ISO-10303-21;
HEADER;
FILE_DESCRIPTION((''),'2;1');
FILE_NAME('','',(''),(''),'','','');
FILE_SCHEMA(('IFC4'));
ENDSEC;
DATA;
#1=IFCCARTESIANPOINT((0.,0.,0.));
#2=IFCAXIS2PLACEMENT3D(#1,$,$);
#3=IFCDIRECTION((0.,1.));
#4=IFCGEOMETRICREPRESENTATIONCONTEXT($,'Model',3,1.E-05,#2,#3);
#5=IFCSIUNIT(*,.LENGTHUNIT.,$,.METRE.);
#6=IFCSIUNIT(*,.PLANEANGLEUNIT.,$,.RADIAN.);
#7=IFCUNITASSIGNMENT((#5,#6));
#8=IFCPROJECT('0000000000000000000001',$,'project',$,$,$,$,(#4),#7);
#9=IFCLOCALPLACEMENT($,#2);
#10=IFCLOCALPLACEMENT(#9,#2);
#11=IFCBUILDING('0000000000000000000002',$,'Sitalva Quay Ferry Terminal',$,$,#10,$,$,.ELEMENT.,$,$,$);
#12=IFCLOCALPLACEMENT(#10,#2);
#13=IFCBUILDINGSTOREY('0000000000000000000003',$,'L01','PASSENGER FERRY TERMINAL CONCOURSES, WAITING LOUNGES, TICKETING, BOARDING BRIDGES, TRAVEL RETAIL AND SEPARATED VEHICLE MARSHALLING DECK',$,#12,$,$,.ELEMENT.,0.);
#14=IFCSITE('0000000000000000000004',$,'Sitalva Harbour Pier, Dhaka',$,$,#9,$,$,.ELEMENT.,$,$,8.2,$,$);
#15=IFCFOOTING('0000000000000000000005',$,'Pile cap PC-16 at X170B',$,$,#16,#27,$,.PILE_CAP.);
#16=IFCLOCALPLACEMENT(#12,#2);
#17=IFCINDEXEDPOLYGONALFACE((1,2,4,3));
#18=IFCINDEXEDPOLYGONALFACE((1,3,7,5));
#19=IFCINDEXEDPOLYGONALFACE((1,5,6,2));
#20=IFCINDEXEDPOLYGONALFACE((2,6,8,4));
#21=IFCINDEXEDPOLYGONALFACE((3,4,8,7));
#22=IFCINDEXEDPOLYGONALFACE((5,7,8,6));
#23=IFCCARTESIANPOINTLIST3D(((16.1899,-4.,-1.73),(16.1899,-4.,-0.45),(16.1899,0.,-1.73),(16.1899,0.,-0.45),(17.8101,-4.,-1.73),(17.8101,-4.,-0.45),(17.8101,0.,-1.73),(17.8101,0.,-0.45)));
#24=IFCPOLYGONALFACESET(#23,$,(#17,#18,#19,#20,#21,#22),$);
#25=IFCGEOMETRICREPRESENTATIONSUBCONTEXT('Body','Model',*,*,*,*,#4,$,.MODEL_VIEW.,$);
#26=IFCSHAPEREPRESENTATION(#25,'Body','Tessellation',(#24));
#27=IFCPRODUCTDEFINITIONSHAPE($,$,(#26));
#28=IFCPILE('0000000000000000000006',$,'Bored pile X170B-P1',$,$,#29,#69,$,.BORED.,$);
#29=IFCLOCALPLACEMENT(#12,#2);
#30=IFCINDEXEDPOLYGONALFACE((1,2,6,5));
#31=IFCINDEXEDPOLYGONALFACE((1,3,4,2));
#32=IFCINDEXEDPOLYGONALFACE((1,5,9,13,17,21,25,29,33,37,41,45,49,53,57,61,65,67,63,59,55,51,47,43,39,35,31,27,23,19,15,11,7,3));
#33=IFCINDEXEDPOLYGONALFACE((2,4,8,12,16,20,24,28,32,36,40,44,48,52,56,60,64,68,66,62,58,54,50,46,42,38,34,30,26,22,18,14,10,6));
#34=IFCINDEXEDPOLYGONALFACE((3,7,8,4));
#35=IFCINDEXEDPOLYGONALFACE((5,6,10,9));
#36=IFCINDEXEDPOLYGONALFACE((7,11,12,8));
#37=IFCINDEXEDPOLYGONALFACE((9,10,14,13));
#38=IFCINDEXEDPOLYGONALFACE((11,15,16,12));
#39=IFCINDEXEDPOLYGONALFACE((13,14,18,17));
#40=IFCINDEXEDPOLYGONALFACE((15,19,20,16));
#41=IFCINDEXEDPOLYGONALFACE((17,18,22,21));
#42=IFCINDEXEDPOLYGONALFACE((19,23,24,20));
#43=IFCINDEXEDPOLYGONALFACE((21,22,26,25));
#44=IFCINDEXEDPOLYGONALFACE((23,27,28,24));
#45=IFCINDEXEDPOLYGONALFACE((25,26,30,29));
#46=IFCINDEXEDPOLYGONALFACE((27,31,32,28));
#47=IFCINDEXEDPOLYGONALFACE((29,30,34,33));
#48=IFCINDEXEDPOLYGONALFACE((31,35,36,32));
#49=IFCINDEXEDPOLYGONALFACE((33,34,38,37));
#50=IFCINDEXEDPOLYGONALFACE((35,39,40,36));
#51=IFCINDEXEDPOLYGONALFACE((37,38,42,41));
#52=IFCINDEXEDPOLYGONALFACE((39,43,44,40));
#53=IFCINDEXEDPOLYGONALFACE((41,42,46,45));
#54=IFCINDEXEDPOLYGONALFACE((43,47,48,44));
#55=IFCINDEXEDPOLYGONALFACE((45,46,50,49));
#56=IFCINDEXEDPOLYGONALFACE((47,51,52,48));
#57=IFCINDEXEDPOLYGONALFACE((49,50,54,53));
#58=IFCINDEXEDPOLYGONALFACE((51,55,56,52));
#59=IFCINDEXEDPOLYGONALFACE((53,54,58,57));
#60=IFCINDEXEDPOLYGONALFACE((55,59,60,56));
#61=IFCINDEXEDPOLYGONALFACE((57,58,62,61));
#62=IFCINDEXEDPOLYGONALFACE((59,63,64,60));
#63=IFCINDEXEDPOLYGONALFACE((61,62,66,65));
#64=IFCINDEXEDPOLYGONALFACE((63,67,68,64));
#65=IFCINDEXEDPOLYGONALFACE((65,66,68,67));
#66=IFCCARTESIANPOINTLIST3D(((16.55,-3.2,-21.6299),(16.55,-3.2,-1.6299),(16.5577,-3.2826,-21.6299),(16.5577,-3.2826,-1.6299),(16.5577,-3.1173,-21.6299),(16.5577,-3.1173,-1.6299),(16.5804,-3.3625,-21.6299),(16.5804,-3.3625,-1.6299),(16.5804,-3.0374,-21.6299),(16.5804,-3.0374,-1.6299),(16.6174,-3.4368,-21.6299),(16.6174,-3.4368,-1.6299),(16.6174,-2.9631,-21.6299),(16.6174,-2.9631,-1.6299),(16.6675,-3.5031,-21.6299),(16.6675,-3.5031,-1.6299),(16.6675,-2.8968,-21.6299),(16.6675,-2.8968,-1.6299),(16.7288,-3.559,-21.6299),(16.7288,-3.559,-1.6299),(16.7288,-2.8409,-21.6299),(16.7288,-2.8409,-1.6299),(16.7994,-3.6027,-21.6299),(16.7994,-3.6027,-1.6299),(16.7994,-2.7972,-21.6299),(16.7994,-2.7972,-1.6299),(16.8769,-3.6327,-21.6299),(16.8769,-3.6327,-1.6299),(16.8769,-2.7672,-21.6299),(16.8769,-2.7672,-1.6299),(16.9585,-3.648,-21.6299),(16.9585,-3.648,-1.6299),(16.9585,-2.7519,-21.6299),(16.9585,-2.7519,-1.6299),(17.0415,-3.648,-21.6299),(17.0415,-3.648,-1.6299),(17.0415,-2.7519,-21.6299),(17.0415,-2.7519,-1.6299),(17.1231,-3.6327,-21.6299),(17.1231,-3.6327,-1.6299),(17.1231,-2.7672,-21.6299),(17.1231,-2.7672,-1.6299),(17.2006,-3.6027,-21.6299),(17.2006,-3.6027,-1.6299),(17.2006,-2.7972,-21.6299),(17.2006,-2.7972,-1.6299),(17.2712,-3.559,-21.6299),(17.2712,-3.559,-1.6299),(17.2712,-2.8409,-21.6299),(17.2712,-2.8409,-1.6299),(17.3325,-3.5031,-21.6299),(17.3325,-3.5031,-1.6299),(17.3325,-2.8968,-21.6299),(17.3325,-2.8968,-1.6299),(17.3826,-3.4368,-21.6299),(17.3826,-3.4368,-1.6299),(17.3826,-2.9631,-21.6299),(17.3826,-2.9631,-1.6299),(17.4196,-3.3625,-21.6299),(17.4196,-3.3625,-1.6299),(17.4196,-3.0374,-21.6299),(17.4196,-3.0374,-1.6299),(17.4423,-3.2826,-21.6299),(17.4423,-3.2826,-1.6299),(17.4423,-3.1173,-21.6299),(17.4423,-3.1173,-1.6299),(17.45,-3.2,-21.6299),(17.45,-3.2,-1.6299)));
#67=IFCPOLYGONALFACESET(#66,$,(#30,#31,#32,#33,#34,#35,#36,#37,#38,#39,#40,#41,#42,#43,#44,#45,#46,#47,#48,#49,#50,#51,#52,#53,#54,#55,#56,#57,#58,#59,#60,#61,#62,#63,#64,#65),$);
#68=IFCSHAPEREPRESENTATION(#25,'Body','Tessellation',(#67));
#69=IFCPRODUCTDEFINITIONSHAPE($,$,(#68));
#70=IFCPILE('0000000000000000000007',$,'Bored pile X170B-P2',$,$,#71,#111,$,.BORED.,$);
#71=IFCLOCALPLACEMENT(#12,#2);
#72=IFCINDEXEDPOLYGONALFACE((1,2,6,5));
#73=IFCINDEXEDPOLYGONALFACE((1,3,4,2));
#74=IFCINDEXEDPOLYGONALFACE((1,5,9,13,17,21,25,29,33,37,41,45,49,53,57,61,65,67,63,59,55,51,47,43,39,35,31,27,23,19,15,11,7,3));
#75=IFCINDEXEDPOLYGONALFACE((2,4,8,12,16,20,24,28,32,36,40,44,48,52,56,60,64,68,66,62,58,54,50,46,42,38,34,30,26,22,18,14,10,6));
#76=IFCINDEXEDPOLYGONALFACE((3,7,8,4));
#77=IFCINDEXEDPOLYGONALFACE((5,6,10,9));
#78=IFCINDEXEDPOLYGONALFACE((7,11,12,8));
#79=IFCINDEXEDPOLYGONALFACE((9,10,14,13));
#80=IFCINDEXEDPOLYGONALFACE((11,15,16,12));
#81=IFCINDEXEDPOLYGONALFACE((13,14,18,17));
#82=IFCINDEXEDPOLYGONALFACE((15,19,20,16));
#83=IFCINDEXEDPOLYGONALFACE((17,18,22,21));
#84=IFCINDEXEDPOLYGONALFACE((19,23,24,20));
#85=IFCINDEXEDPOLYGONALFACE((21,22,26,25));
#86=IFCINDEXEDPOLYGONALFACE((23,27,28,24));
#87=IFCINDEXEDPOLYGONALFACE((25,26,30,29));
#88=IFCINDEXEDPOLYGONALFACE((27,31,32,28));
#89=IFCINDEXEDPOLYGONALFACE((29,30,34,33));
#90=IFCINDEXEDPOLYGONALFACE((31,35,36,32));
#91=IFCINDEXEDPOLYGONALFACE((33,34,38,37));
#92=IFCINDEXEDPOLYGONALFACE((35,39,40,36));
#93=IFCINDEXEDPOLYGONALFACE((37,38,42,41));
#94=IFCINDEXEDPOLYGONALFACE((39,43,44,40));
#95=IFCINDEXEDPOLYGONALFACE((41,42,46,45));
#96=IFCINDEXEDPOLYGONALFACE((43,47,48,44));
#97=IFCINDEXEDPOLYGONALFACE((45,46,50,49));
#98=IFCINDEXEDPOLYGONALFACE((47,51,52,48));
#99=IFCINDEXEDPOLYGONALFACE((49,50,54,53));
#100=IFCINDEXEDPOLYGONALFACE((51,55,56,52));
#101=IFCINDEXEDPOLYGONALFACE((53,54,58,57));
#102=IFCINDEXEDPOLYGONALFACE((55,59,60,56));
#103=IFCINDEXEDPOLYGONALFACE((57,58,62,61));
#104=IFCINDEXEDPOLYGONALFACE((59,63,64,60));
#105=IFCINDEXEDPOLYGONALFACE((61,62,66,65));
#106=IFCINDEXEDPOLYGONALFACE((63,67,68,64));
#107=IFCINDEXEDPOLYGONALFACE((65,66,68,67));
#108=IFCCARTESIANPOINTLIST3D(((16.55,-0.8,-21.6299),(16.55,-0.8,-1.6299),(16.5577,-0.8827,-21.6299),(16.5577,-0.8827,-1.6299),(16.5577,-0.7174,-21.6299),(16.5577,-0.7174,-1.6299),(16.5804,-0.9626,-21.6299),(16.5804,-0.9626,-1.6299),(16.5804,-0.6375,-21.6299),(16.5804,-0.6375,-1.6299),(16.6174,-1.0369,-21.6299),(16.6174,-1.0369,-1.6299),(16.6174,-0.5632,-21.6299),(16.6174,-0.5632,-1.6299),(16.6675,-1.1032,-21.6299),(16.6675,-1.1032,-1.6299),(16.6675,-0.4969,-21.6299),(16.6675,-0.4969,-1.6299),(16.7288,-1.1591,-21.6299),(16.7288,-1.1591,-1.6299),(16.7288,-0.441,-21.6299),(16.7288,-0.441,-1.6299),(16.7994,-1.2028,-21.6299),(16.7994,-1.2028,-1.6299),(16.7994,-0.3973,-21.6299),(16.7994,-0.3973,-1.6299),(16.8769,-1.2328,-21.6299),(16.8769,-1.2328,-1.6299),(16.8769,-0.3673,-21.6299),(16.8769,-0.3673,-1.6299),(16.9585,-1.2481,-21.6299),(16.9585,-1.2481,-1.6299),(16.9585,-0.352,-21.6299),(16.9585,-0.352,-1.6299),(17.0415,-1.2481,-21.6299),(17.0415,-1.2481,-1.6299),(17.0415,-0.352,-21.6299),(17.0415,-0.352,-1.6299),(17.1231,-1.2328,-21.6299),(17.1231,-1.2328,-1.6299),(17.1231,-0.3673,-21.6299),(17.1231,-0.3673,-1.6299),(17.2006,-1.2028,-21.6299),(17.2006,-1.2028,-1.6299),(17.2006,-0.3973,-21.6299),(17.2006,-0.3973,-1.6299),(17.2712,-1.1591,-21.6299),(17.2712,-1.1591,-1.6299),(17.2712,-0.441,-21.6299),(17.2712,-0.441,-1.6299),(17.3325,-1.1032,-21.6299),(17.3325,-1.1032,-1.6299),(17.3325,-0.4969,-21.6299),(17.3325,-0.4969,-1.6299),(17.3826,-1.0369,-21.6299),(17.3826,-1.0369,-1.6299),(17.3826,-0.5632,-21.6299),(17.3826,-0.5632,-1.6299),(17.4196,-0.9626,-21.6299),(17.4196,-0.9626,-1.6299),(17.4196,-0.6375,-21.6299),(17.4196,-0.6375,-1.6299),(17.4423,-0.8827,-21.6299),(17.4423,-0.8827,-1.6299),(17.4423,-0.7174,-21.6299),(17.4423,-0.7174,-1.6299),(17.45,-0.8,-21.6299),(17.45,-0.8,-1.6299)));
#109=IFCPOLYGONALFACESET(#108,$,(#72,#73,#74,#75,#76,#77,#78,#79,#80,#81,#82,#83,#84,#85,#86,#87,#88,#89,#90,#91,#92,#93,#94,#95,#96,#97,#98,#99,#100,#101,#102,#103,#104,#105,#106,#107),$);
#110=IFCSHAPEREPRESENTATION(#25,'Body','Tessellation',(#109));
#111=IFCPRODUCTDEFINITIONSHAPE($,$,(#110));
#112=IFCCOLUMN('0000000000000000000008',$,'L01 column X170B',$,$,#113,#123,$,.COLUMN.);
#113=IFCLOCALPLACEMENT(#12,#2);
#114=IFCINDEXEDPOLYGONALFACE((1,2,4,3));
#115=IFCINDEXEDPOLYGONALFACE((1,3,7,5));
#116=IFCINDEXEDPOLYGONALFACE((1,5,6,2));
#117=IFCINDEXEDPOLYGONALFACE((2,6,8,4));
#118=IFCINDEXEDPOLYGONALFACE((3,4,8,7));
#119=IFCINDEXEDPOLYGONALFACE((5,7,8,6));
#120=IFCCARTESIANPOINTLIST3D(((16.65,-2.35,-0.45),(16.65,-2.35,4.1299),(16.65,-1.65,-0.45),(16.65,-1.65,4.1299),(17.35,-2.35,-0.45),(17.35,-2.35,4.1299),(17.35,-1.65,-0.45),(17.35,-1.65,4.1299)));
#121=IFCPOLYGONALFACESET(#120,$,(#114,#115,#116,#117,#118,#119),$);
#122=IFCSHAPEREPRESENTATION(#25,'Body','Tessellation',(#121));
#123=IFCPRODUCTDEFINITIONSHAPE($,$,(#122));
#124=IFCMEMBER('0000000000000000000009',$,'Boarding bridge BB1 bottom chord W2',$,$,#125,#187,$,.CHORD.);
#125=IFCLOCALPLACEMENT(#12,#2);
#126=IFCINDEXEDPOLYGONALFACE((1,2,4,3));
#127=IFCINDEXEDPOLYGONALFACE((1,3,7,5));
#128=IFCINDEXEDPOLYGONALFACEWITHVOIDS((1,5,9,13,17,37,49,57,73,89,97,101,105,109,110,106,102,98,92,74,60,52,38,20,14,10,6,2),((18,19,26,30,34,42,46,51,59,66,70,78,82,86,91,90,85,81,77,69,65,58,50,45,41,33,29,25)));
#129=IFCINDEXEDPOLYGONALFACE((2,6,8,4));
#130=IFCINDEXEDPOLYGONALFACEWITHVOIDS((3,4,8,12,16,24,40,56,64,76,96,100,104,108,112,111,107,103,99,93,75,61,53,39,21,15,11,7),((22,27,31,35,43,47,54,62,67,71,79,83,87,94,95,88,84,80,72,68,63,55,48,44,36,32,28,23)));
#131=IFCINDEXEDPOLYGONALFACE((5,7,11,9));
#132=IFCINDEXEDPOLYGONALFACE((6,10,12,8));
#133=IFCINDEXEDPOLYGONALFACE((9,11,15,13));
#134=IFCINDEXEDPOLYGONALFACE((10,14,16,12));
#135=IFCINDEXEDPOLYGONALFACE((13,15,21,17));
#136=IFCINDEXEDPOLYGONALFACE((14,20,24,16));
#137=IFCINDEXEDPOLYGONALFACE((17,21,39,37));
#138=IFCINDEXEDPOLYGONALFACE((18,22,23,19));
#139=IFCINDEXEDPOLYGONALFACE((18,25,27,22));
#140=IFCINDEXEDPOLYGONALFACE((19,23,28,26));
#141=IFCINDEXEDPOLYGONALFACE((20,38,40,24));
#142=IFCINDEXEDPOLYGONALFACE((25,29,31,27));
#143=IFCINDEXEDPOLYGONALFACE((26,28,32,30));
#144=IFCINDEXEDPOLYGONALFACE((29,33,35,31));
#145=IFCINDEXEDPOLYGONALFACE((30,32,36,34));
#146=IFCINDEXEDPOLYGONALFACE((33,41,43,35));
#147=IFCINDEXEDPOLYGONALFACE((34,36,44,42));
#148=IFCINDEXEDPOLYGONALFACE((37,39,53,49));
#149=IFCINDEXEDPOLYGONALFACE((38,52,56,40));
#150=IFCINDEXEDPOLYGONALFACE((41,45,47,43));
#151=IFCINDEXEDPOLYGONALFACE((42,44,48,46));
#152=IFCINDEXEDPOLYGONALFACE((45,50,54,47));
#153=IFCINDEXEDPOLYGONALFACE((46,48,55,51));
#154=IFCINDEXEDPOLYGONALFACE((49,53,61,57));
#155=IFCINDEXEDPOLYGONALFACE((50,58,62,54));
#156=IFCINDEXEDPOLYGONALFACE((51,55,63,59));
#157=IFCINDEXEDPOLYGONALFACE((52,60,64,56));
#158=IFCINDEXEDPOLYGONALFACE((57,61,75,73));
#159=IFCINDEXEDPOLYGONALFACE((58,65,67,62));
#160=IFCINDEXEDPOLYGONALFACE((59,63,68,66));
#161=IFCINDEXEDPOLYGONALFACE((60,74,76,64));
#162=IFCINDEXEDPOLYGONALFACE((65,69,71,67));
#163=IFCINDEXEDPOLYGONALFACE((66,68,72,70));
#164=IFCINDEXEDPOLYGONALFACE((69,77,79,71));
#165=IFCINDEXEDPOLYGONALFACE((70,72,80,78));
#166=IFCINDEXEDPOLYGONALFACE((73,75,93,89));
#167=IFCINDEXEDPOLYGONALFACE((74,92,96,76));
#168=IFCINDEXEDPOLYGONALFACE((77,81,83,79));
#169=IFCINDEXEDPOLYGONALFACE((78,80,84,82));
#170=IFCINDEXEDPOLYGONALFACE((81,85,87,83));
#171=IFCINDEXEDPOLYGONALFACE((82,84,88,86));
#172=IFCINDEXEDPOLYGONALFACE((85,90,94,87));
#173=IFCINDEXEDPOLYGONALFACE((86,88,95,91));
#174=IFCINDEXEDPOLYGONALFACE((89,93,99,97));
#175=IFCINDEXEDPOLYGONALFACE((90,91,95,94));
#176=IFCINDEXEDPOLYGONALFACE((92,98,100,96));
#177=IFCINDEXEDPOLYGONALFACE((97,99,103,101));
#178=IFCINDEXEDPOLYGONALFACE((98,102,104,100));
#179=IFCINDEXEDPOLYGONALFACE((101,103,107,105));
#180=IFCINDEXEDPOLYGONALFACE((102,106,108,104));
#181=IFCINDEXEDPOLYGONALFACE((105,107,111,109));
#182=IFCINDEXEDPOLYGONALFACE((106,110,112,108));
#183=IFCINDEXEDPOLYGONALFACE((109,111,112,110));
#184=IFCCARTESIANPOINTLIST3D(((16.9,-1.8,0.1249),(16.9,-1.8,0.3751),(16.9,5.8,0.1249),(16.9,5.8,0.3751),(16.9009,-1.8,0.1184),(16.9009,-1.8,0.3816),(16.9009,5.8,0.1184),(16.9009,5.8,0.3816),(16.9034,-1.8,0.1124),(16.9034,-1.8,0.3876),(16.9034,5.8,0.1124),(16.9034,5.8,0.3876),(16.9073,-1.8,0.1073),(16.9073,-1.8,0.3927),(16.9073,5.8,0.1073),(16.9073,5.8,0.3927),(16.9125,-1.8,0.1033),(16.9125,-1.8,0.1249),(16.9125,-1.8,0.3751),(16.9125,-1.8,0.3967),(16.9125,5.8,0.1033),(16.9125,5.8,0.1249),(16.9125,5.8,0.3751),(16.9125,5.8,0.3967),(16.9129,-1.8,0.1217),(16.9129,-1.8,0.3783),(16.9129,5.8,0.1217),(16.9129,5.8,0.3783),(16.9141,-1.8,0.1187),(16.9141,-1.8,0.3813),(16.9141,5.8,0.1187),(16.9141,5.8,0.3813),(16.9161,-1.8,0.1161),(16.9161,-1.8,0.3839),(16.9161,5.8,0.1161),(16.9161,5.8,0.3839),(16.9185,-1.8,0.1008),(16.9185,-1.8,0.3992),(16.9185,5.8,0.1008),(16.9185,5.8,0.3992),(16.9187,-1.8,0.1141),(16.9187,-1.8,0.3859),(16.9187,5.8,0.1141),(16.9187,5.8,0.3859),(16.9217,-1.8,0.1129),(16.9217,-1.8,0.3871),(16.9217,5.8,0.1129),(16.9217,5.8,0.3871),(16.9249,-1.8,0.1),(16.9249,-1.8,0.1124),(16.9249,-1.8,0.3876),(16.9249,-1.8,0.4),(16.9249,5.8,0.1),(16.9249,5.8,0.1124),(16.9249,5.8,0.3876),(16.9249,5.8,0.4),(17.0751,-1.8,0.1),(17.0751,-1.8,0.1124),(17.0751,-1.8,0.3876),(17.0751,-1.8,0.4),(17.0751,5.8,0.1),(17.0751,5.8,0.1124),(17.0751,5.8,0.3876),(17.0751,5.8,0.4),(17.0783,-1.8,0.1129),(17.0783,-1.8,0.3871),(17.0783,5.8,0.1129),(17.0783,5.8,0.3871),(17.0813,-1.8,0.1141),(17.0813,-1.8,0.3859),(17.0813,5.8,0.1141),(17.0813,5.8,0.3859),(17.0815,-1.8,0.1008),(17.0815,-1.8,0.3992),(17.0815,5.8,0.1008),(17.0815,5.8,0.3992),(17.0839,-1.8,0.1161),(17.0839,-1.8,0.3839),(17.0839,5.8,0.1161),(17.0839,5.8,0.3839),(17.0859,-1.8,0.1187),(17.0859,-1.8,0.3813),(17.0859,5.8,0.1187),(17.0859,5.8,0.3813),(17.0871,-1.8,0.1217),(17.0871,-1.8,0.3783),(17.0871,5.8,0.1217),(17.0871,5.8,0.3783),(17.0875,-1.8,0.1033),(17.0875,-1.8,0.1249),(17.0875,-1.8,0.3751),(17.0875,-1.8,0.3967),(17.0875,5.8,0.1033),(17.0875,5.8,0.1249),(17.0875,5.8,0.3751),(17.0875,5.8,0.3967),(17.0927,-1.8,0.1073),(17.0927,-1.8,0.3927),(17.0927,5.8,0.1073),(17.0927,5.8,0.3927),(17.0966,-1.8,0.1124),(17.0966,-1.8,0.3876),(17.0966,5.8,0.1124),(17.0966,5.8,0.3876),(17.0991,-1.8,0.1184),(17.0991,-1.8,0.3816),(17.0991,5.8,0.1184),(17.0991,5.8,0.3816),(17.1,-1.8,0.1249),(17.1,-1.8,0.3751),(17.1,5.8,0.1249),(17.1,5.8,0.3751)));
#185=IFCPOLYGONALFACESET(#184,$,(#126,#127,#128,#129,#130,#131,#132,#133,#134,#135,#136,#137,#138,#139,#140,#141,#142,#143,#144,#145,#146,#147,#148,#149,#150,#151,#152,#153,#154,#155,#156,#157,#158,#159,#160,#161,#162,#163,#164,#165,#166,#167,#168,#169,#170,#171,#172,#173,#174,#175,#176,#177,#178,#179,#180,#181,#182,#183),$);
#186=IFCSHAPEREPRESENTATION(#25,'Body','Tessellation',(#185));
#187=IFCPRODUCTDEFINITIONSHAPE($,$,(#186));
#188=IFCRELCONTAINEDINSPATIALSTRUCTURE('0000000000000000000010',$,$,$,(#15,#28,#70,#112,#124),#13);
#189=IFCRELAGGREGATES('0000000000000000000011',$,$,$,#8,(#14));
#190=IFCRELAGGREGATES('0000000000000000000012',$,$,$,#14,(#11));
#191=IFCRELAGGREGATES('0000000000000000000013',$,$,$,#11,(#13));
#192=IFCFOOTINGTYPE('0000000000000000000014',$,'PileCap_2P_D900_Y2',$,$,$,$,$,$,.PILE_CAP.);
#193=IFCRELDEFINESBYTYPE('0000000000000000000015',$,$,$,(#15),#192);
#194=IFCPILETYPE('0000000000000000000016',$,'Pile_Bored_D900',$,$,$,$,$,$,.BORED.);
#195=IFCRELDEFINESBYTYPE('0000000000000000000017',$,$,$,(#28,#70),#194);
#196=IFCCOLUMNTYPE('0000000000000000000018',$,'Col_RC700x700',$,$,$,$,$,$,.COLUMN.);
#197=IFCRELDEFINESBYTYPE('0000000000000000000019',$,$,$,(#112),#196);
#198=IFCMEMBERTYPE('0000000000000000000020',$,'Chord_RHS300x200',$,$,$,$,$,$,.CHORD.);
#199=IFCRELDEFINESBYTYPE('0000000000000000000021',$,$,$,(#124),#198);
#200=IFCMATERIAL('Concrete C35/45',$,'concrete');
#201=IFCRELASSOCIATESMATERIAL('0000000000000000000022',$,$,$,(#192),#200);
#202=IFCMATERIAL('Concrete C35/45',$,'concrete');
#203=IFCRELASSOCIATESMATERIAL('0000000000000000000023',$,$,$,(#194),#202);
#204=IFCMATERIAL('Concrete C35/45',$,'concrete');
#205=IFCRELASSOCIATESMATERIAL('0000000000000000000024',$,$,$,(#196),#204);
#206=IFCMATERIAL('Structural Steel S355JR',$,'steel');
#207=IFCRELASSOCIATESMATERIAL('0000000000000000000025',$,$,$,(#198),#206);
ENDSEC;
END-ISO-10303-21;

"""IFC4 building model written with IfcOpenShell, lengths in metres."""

from ifc_helpers import new_model, si_unit, direction, frame, origin, origin_2d, place, context, subcontext, project, spatial, rectangle, hollow_rectangle, circle, extrude, material, material_profile, profile_set, type_object, element, save


model = new_model("IFC4")

# Units and contexts
model_context = context("Model", 3, precision=1e-05, world=origin(), true_north=direction((0.0, 1.0)))
body_context = subcontext(model_context, "Body", "Model", "MODEL_VIEW")
ifc_project = project(units=[si_unit("LENGTHUNIT", "METRE"), si_unit("PLANEANGLEUNIT", "RADIAN")], contexts=[model_context])

# Site, building, storey
site_placement = place(None, origin())
site = spatial("IfcSite", under=ifc_project, at=site_placement, Name="Sitalva Harbour Pier, Dhaka", CompositionType="ELEMENT", RefElevation=8.2)
building_placement = place(site_placement, origin())
building = spatial("IfcBuilding", under=site, at=building_placement, Name="Sitalva Quay Ferry Terminal", CompositionType="ELEMENT")
storey_placement = place(building_placement, origin())
storey = spatial("IfcBuildingStorey", under=building, at=storey_placement, Name="L01", Description="PASSENGER FERRY TERMINAL CONCOURSES, WAITING LOUNGES, TICKETING, BOARDING BRIDGES, TRAVEL RETAIL AND SEPARATED VEHICLE MARSHALLING DECK", CompositionType="ELEMENT", Elevation=0.0)

# Footing
ifc_material_1 = material(Name="Concrete C35/45", Category="concrete")
footing_type = type_object("IfcFootingType", Name="PileCap_2P_D900_Y2", PredefinedType="PILE_CAP", material=ifc_material_1)
footing_placement = place(storey_placement, frame((17.0, -2.0, -1.73), z_axis=(0.0, 0.0, 1.0), x_axis=(1.0, 0.0, 0.0)))
element("IfcFooting", 1, at=footing_placement, inside=storey, type_object=footing_type, Name="Pile cap PC-16 at X170B", PredefinedType="PILE_CAP", context=body_context, shape_type="SweptSolid", body=[
    extrude(rectangle(XDim=1.6201, YDim=4.0, at=origin_2d()), origin(), (0.0, 0.0, 1.0), 1.28),
])

# Piles
ifc_material_2 = material(Name="Concrete C35/45", Category="concrete")
ifc_material_profile_1 = material_profile(ifc_material_2, circle(Radius=0.45, at=origin_2d()), Name="PILE-D900")
ifc_profile_set_1 = profile_set([ifc_material_profile_1], Name="Concrete C35/45")
pile_type = type_object("IfcPileType", Name="Pile_Bored_D900", PredefinedType="BORED", material=ifc_profile_set_1)
for number, where, z_axis, x_axis, name in (
    (2, (17.0, -3.2, -1.6299), (0.0, 0.0, -1.0), (1.0, 0.0, 0.0), "Bored pile X170B-P1"),
    (3, (17.0, -0.8, -1.6299), (0.0, 0.0, -1.0), (1.0, 0.0, 0.0), "Bored pile X170B-P2"),
):
    element("IfcPile", number, at=place(storey_placement, frame(where, z_axis=z_axis, x_axis=x_axis)), inside=storey, type_object=pile_type, Name=name, PredefinedType="BORED", context=body_context, shape_type="SweptSolid", body=[
        extrude(circle(Radius=0.45, at=origin_2d()), origin(), (0.0, 0.0, 1.0), 20.0),
    ])

# Column
ifc_material_3 = material(Name="Concrete C35/45", Category="concrete")
ifc_material_profile_2 = material_profile(ifc_material_3, rectangle(XDim=0.7, YDim=0.7, at=origin_2d()), Name="RC700x700")
ifc_profile_set_2 = profile_set([ifc_material_profile_2], Name="Concrete C35/45")
column_type = type_object("IfcColumnType", Name="Col_RC700x700", PredefinedType="COLUMN", material=ifc_profile_set_2)
column_placement = place(storey_placement, frame((17.0, -2.0, -0.45), z_axis=(0.0, 0.0, 1.0), x_axis=(1.0, 0.0, 0.0)))
element("IfcColumn", 4, at=column_placement, inside=storey, type_object=column_type, Name="L01 column X170B", PredefinedType="COLUMN", context=body_context, shape_type="SweptSolid", body=[
    extrude(rectangle(XDim=0.7, YDim=0.7, at=origin_2d()), origin(), (0.0, 0.0, 1.0), 4.5798),
])

# Member
ifc_material_4 = material(Name="Structural Steel S355JR", Category="steel")
ifc_material_profile_3 = material_profile(ifc_material_4, hollow_rectangle(XDim=0.2, YDim=0.3, WallThickness=0.0125, InnerFilletRadius=0.0125, OuterFilletRadius=0.0249, at=origin_2d()), Name="RHS300x200x12.5")
ifc_profile_set_3 = profile_set([ifc_material_profile_3], Name="Structural Steel S355JR")
member_type_1 = type_object("IfcMemberType", Name="Chord_RHS300x200", PredefinedType="CHORD", material=ifc_profile_set_3)
member_1_placement = place(storey_placement, frame((17.0, -1.8, 0.25), z_axis=(0.0, 1.0, 0.0), x_axis=(-1.0, 0.0, 0.0)))
element("IfcMember", 5, at=member_1_placement, inside=storey, type_object=member_type_1, Name="Boarding bridge BB1 bottom chord W2", PredefinedType="CHORD", context=body_context, shape_type="SweptSolid", body=[
    extrude(hollow_rectangle(XDim=0.2, YDim=0.3, WallThickness=0.0125, InnerFilletRadius=0.0125, OuterFilletRadius=0.0249, at=origin_2d()), origin(), (0.0, 0.0, 1.0), 7.6001),
])

save(model, "model.ifc")
